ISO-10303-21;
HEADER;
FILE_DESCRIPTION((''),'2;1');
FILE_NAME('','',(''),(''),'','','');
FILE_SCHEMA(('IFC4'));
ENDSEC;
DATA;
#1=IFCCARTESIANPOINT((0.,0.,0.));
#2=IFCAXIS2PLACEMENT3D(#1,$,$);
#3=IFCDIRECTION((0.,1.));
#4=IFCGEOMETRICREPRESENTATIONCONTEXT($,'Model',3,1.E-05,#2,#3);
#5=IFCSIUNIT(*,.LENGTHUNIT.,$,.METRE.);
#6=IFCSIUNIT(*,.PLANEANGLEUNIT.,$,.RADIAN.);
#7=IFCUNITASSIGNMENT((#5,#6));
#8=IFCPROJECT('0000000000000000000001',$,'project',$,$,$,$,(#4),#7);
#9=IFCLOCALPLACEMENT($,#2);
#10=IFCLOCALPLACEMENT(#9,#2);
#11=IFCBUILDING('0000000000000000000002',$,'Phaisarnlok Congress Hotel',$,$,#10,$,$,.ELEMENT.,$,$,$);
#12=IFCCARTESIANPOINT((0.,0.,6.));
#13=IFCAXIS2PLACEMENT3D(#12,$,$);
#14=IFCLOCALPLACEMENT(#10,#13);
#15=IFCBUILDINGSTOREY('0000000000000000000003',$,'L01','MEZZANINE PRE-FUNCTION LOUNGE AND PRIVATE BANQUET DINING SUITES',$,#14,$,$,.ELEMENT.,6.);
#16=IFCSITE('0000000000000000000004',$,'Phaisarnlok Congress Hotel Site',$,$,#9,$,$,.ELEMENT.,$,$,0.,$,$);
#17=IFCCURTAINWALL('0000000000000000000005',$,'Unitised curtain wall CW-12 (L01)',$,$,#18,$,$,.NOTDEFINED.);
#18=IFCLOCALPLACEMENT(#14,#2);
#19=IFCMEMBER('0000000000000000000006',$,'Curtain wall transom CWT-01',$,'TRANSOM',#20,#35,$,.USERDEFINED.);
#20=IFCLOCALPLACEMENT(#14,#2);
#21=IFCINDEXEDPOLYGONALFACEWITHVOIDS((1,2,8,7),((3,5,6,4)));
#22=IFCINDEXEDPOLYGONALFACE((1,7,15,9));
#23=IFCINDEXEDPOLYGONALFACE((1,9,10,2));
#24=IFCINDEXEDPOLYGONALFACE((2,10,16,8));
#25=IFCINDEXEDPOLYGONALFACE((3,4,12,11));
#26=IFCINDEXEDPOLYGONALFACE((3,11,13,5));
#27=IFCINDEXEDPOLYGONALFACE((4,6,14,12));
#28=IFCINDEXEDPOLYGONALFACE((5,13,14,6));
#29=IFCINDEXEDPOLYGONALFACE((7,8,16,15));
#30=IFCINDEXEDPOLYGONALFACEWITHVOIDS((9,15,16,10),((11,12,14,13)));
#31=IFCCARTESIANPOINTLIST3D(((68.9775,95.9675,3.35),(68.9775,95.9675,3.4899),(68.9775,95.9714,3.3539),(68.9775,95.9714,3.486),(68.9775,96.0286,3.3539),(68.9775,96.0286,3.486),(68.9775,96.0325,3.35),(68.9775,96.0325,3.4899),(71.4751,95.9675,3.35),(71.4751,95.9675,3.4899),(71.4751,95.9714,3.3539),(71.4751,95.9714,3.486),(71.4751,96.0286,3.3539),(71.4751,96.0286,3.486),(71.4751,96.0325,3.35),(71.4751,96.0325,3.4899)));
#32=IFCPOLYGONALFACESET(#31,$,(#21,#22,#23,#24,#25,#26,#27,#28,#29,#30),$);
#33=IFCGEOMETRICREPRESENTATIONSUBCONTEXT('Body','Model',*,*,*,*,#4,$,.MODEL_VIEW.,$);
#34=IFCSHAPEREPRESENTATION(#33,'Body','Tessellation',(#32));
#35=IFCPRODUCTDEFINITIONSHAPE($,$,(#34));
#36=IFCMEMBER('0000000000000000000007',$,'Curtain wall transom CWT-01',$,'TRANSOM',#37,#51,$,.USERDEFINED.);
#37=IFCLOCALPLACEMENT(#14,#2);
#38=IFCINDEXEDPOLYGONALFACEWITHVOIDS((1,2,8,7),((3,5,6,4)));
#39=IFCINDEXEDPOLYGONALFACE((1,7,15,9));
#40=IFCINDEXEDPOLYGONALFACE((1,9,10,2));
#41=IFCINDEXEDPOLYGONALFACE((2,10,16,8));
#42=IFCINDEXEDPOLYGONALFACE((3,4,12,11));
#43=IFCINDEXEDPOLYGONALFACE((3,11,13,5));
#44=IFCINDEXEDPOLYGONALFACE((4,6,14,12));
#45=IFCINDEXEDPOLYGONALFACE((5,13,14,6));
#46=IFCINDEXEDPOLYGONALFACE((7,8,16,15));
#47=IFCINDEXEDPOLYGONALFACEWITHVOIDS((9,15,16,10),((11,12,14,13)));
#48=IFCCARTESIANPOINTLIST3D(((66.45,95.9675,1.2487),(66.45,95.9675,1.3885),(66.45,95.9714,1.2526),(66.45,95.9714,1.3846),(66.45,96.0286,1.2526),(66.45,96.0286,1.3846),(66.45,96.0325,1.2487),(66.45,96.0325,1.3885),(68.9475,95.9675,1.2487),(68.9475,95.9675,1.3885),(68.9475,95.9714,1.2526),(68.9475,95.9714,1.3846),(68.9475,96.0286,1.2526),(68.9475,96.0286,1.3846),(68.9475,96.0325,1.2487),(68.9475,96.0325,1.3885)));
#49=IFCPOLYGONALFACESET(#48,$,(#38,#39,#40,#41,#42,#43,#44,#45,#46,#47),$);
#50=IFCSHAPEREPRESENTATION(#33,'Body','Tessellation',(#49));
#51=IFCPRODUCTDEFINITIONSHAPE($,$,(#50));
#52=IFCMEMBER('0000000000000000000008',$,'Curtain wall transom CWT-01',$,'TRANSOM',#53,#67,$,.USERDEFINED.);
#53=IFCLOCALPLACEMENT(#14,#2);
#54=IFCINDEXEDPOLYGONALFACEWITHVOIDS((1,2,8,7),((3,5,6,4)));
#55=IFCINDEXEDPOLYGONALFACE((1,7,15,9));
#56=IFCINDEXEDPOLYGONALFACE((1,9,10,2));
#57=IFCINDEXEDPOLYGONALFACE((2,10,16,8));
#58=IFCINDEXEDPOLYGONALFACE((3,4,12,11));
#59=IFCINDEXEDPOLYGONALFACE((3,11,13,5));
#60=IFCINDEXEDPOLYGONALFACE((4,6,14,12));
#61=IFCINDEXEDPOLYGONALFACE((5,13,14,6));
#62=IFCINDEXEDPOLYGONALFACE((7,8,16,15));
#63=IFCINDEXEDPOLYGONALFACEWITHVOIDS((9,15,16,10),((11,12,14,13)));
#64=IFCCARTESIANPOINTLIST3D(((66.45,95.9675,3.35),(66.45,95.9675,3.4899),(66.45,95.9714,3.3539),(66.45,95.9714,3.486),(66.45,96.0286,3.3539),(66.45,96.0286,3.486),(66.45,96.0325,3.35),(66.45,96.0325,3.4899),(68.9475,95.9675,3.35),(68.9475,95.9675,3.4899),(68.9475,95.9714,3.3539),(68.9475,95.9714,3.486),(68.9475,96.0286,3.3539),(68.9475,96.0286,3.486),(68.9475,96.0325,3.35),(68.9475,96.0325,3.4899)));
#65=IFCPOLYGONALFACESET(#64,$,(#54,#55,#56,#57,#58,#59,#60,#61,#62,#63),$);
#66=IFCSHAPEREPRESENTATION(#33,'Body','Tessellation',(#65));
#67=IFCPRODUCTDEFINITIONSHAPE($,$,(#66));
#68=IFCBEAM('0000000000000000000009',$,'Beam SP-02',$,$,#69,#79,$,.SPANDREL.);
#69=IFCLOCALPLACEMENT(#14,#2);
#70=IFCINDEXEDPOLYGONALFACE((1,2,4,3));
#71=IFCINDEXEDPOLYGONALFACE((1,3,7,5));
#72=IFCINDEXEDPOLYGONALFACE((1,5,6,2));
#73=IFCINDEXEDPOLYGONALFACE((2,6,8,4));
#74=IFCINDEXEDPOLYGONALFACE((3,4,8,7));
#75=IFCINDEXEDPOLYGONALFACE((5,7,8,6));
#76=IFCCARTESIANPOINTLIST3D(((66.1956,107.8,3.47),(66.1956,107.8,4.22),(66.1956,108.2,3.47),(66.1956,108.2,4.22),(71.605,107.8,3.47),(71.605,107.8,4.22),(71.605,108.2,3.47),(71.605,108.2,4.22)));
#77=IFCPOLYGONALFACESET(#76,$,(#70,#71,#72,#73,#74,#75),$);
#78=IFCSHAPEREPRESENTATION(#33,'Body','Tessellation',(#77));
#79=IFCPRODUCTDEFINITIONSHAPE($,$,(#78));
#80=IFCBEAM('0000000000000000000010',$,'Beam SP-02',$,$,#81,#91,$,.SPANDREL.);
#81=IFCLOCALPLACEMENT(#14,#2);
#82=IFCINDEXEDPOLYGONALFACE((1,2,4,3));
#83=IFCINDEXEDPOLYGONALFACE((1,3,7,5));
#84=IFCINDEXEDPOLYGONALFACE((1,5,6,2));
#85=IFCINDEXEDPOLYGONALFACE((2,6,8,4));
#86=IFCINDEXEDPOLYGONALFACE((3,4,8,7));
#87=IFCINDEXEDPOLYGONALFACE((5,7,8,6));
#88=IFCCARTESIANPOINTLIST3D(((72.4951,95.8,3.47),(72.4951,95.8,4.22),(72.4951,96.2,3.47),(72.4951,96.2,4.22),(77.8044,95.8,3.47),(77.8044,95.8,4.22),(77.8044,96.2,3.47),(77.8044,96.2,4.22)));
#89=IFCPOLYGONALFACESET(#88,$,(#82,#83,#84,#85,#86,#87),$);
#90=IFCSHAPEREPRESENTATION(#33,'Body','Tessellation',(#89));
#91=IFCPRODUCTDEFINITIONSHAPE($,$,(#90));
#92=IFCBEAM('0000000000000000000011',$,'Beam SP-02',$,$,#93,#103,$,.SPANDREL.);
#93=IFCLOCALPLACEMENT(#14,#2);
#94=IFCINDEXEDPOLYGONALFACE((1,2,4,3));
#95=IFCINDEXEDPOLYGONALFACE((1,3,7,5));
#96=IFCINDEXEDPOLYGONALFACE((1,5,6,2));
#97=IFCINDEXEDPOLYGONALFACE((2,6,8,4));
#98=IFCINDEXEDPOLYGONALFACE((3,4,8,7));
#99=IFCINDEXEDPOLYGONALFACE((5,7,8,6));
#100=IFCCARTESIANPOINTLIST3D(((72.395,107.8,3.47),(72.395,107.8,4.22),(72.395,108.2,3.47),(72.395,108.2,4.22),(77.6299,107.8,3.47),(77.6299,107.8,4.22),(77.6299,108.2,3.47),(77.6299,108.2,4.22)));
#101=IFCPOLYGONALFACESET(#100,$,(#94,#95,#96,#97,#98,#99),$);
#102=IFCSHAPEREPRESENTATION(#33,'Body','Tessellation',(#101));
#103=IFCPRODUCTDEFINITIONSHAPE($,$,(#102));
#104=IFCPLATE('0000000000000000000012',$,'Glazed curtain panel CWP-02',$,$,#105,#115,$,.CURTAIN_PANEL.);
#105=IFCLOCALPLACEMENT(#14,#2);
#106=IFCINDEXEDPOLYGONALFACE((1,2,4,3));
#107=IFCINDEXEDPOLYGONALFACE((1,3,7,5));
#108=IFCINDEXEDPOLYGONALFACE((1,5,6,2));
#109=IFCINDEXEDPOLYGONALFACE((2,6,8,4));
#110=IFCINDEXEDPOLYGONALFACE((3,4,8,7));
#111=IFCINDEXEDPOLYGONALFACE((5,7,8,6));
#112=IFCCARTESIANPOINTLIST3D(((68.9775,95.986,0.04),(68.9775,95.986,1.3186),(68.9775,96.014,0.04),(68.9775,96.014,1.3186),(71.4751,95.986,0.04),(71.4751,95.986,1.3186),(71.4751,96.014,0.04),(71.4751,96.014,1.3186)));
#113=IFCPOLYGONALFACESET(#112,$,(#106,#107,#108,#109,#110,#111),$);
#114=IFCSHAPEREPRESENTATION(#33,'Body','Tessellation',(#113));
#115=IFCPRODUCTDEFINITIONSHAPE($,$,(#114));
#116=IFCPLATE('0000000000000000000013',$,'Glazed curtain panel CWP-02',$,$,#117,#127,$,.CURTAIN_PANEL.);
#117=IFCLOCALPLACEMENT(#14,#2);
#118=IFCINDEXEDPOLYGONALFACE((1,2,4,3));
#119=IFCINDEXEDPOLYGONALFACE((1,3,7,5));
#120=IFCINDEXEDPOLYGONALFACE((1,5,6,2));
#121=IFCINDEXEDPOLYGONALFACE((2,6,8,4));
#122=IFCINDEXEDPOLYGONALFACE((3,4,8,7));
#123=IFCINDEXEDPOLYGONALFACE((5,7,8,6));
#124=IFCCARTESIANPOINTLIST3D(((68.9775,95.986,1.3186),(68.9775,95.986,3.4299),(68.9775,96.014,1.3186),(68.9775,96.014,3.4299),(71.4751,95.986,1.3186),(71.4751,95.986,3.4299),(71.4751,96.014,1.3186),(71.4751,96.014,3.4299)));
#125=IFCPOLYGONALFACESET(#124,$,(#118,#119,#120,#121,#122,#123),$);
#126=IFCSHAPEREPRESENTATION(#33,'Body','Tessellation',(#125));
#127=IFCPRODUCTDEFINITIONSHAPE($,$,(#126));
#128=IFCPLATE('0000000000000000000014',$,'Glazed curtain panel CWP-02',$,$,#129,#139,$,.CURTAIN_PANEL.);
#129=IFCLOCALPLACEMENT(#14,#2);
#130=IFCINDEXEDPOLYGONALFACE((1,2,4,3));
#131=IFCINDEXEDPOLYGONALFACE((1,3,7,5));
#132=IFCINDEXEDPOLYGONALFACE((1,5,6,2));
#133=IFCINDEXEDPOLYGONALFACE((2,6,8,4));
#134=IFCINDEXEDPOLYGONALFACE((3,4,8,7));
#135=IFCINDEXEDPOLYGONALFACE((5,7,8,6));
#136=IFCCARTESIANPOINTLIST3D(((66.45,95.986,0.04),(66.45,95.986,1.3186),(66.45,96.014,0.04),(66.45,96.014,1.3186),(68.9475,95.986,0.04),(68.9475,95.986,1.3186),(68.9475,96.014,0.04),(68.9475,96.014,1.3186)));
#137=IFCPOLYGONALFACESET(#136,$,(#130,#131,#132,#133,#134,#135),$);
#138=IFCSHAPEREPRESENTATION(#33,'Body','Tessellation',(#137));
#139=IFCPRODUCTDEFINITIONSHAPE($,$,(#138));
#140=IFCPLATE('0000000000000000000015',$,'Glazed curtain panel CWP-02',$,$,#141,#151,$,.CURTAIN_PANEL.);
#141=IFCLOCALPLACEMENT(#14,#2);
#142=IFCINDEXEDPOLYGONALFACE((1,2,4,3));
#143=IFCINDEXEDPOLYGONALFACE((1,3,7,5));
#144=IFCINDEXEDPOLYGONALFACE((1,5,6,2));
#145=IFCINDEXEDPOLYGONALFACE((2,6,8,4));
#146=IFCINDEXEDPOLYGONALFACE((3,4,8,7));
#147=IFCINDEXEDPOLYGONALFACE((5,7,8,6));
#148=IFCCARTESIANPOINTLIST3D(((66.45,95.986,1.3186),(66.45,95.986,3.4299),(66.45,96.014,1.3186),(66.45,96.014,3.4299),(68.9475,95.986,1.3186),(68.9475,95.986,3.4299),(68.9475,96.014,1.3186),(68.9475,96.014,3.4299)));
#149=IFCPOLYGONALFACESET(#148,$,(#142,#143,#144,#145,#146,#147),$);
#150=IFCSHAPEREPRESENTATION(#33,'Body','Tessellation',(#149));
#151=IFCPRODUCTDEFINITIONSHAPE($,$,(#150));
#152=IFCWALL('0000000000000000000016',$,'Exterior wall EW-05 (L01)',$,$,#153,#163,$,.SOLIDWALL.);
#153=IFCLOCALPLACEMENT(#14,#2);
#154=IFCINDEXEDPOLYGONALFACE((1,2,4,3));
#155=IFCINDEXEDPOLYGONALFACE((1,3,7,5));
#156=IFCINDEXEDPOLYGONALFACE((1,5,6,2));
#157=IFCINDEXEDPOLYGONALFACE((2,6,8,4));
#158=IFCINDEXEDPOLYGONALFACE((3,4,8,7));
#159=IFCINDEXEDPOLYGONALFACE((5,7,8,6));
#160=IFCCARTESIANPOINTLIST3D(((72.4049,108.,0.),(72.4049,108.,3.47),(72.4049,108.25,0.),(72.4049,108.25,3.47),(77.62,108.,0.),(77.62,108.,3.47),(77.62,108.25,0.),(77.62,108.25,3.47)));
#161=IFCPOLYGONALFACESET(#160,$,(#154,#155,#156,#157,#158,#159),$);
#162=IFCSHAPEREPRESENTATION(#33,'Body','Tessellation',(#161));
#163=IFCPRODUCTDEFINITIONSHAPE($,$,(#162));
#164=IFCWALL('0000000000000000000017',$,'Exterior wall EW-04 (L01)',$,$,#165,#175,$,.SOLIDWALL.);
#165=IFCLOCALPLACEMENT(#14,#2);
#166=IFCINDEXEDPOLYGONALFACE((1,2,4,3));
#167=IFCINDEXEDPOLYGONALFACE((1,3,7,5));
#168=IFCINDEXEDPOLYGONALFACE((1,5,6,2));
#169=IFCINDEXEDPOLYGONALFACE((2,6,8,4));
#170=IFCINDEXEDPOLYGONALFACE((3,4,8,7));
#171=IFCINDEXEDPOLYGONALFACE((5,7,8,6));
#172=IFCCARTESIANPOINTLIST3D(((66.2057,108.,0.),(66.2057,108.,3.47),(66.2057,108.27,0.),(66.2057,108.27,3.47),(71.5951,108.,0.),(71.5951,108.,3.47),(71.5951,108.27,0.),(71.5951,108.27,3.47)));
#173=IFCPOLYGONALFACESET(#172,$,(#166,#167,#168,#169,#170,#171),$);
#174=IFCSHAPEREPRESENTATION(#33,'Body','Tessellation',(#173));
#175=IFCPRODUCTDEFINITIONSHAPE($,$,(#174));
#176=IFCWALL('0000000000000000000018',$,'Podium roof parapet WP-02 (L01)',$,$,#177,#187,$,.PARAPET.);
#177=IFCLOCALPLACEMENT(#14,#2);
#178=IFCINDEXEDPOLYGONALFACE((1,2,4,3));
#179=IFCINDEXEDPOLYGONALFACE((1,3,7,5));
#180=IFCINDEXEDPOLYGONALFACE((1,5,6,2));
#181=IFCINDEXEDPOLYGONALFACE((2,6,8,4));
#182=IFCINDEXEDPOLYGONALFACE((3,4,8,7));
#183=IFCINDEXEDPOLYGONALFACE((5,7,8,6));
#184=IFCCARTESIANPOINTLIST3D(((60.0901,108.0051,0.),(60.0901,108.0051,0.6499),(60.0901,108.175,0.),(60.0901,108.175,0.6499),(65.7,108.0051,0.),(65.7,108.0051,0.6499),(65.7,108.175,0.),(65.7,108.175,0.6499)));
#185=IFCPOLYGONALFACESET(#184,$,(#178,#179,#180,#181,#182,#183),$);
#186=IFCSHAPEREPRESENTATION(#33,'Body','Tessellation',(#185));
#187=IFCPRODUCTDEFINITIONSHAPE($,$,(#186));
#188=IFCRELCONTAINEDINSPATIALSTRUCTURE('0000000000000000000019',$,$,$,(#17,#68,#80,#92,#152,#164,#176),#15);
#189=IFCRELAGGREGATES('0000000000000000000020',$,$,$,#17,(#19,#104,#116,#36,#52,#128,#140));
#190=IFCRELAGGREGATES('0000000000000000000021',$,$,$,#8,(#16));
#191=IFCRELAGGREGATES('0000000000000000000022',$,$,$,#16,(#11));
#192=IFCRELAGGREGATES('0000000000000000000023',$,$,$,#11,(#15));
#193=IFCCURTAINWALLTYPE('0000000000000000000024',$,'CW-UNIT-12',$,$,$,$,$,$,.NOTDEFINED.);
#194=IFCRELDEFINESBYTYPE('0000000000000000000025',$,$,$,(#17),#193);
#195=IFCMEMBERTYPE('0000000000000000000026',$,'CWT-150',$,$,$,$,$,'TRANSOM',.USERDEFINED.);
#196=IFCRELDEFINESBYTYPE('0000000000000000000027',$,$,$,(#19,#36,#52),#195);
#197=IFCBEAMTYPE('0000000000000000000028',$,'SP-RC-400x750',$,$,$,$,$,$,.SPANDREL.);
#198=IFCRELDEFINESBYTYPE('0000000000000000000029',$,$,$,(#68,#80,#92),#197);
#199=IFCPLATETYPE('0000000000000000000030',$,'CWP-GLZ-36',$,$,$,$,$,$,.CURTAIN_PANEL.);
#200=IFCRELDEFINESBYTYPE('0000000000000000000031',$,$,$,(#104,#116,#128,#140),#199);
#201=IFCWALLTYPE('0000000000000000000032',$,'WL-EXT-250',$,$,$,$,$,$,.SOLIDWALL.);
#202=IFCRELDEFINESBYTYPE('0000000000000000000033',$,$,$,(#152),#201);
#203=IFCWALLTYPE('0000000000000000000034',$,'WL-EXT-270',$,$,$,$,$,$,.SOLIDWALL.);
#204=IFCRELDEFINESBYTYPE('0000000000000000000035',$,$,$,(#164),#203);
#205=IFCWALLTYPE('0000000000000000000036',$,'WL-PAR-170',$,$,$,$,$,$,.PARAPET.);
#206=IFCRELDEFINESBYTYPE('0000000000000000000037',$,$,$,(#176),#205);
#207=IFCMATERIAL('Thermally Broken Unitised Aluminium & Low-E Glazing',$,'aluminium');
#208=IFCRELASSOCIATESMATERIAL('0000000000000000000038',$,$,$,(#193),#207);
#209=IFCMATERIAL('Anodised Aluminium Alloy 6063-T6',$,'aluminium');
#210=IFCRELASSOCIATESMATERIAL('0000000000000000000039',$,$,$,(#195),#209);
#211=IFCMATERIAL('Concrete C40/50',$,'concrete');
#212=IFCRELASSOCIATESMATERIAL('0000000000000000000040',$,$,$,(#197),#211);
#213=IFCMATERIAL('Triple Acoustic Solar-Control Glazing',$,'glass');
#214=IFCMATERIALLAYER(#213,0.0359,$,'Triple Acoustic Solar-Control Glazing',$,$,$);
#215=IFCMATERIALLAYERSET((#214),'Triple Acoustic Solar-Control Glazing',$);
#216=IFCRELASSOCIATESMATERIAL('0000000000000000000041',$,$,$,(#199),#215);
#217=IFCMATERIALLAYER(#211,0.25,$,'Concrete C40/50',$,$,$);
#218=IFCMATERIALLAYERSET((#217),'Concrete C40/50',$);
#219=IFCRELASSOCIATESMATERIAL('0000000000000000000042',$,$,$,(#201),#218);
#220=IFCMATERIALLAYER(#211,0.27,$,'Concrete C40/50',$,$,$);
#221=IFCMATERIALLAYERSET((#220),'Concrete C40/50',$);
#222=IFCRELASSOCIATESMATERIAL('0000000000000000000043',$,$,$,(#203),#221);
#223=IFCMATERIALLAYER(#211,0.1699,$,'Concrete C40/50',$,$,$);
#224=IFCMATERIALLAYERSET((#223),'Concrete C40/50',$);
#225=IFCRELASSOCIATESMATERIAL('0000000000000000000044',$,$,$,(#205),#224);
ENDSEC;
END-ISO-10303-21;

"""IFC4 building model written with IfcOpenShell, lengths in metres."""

from ifc_helpers import new_model, si_unit, direction, frame, frame_2d, origin, origin_2d, place, context, subcontext, project, spatial, rectangle, hollow_rectangle, extrude, material, layer, layer_set, material_profile, profile_set, type_object, element, aggregate, save


model = new_model("IFC4")

# Units and contexts
model_context = context("Model", 3, precision=1e-05, world=origin(), true_north=direction((0.0, 1.0)))
body_context = subcontext(model_context, "Body", "Model", "MODEL_VIEW")
ifc_project = project(units=[si_unit("LENGTHUNIT", "METRE"), si_unit("PLANEANGLEUNIT", "RADIAN")], contexts=[model_context])

# Site, building, storey
site_placement = place(None, origin())
site = spatial("IfcSite", under=ifc_project, at=site_placement, Name="Phaisarnlok Congress Hotel Site", CompositionType="ELEMENT", RefElevation=0.0)
building_placement = place(site_placement, origin())
building = spatial("IfcBuilding", under=site, at=building_placement, Name="Phaisarnlok Congress Hotel", CompositionType="ELEMENT")
storey_placement = place(building_placement, frame((0.0, 0.0, 6.0)))
storey = spatial("IfcBuildingStorey", under=building, at=storey_placement, Name="L01", Description="MEZZANINE PRE-FUNCTION LOUNGE AND PRIVATE BANQUET DINING SUITES", CompositionType="ELEMENT", Elevation=6.0)

# Curtain wall, members
ifc_material_1 = material(Name="Thermally Broken Unitised Aluminium & Low-E Glazing", Category="aluminium")
curtain_wall_type = type_object("IfcCurtainWallType", Name="CW-UNIT-12", PredefinedType="NOTDEFINED", material=ifc_material_1)
curtain_wall_placement = place(storey_placement, origin())
curtain_wall = element("IfcCurtainWall", 1, at=curtain_wall_placement, inside=storey, type_object=curtain_wall_type, Name="Unitised curtain wall CW-12 (L01)", PredefinedType="NOTDEFINED")
ifc_material_2 = material(Name="Anodised Aluminium Alloy 6063-T6", Category="aluminium")
ifc_material_profile_1 = material_profile(ifc_material_2, hollow_rectangle(XDim=0.0649, YDim=0.1399, WallThickness=0.0039, at=origin_2d()), Name="ALU-T 65x140x4")
ifc_profile_set_1 = profile_set([ifc_material_profile_1], Name="Anodised Aluminium Alloy 6063-T6")
member_type_1 = type_object("IfcMemberType", Name="CWT-150", ElementType="TRANSOM", PredefinedType="USERDEFINED", material=ifc_profile_set_1)
member_1_placement = place(storey_placement, frame((71.4751, 96.0, 3.4199), z_axis=(-1.0, 0.0, 0.0), x_axis=(0.0, -1.0, 0.0)))
member_1 = element("IfcMember", 2, at=member_1_placement, type_object=member_type_1, Name="Curtain wall transom CWT-01", ObjectType="TRANSOM", PredefinedType="USERDEFINED", context=body_context, shape_type="SweptSolid", body=[
    extrude(hollow_rectangle(XDim=0.0649, YDim=0.1399, WallThickness=0.0039, at=origin_2d()), origin(), (0.0, 0.0, 1.0), 2.4976),
])
member_2_placement = place(storey_placement, frame((68.9475, 96.0, 1.3186), z_axis=(-1.0, 0.0, 0.0), x_axis=(0.0, -1.0, 0.0)))
member_2 = element("IfcMember", 3, at=member_2_placement, type_object=member_type_1, Name="Curtain wall transom CWT-01", ObjectType="TRANSOM", PredefinedType="USERDEFINED", context=body_context, shape_type="SweptSolid", body=[
    extrude(hollow_rectangle(XDim=0.0649, YDim=0.1399, WallThickness=0.0039, at=origin_2d()), origin(), (0.0, 0.0, 1.0), 2.4976),
])
member_3_placement = place(storey_placement, frame((68.9475, 96.0, 3.4199), z_axis=(-1.0, 0.0, 0.0), x_axis=(0.0, -1.0, 0.0)))
member_3 = element("IfcMember", 4, at=member_3_placement, type_object=member_type_1, Name="Curtain wall transom CWT-01", ObjectType="TRANSOM", PredefinedType="USERDEFINED", context=body_context, shape_type="SweptSolid", body=[
    extrude(hollow_rectangle(XDim=0.0649, YDim=0.1399, WallThickness=0.0039, at=origin_2d()), origin(), (0.0, 0.0, 1.0), 2.4976),
])

# Beams
ifc_material_3 = material(Name="Concrete C40/50", Category="concrete")
ifc_material_profile_2 = material_profile(ifc_material_3, rectangle(XDim=0.3999, YDim=0.75, at=origin_2d()), Name="RC 400x750")
ifc_profile_set_2 = profile_set([ifc_material_profile_2], Name="Concrete C40/50")
beam_type = type_object("IfcBeamType", Name="SP-RC-400x750", PredefinedType="SPANDREL", material=ifc_profile_set_2)
beam_1_placement = place(storey_placement, frame((66.1956, 108.0, 3.845), z_axis=(1.0, 0.0, 0.0), x_axis=(0.0, 1.0, 0.0)))
element("IfcBeam", 5, at=beam_1_placement, inside=storey, type_object=beam_type, Name="Beam SP-02", PredefinedType="SPANDREL", context=body_context, shape_type="SweptSolid", body=[
    extrude(rectangle(XDim=0.3999, YDim=0.75, at=origin_2d()), origin(), (0.0, 0.0, 1.0), 5.4094),
])
beam_2_placement = place(storey_placement, frame((72.4951, 96.0, 3.845), z_axis=(1.0, 0.0, 0.0), x_axis=(0.0, 1.0, 0.0)))
element("IfcBeam", 6, at=beam_2_placement, inside=storey, type_object=beam_type, Name="Beam SP-02", PredefinedType="SPANDREL", context=body_context, shape_type="SweptSolid", body=[
    extrude(rectangle(XDim=0.3999, YDim=0.75, at=origin_2d()), origin(), (0.0, 0.0, 1.0), 5.3093),
])
beam_3_placement = place(storey_placement, frame((72.395, 108.0, 3.845), z_axis=(1.0, 0.0, 0.0), x_axis=(0.0, 1.0, 0.0)))
element("IfcBeam", 7, at=beam_3_placement, inside=storey, type_object=beam_type, Name="Beam SP-02", PredefinedType="SPANDREL", context=body_context, shape_type="SweptSolid", body=[
    extrude(rectangle(XDim=0.3999, YDim=0.75, at=origin_2d()), origin(), (0.0, 0.0, 1.0), 5.2349),
])

# Plates
ifc_material_4 = material(Name="Triple Acoustic Solar-Control Glazing", Category="glass")
ifc_layer_1 = layer(ifc_material_4, 0.0359, Name="Triple Acoustic Solar-Control Glazing")
ifc_layer_set_1 = layer_set([ifc_layer_1], Name="Triple Acoustic Solar-Control Glazing")
plate_type = type_object("IfcPlateType", Name="CWP-GLZ-36", PredefinedType="CURTAIN_PANEL", material=ifc_layer_set_1)
plate_1_placement = place(storey_placement, frame((71.4751, 96.0, 0.04), z_axis=(0.0, 0.0, 1.0), x_axis=(-1.0, 0.0, 0.0)))
plate_1 = element("IfcPlate", 8, at=plate_1_placement, type_object=plate_type, Name="Glazed curtain panel CWP-02", PredefinedType="CURTAIN_PANEL", context=body_context, shape_type="SweptSolid", body=[
    extrude(rectangle(XDim=2.4976, YDim=0.0281, at=frame_2d((1.2488, 0.0))), origin(), (0.0, 0.0, 1.0), 1.2786),
])
plate_2_placement = place(storey_placement, frame((71.4751, 96.0, 1.3186), z_axis=(0.0, 0.0, 1.0), x_axis=(-1.0, 0.0, 0.0)))
plate_2 = element("IfcPlate", 9, at=plate_2_placement, type_object=plate_type, Name="Glazed curtain panel CWP-02", PredefinedType="CURTAIN_PANEL", context=body_context, shape_type="SweptSolid", body=[
    extrude(rectangle(XDim=2.4976, YDim=0.0281, at=frame_2d((1.2488, 0.0))), origin(), (0.0, 0.0, 1.0), 2.1113),
])
plate_3_placement = place(storey_placement, frame((68.9475, 96.0, 0.04), z_axis=(0.0, 0.0, 1.0), x_axis=(-1.0, 0.0, 0.0)))
plate_3 = element("IfcPlate", 10, at=plate_3_placement, type_object=plate_type, Name="Glazed curtain panel CWP-02", PredefinedType="CURTAIN_PANEL", context=body_context, shape_type="SweptSolid", body=[
    extrude(rectangle(XDim=2.4976, YDim=0.0281, at=frame_2d((1.2488, 0.0))), origin(), (0.0, 0.0, 1.0), 1.2786),
])
plate_4_placement = place(storey_placement, frame((68.9475, 96.0, 1.3186), z_axis=(0.0, 0.0, 1.0), x_axis=(-1.0, 0.0, 0.0)))
plate_4 = element("IfcPlate", 11, at=plate_4_placement, type_object=plate_type, Name="Glazed curtain panel CWP-02", PredefinedType="CURTAIN_PANEL", context=body_context, shape_type="SweptSolid", body=[
    extrude(rectangle(XDim=2.4976, YDim=0.0281, at=frame_2d((1.2488, 0.0))), origin(), (0.0, 0.0, 1.0), 2.1113),
])
aggregate(curtain_wall, [member_1, plate_1, plate_2, member_2, member_3, plate_3, plate_4])

# Walls
ifc_layer_2 = layer(ifc_material_3, 0.25, Name="Concrete C40/50")
ifc_layer_set_2 = layer_set([ifc_layer_2], Name="Concrete C40/50")
wall_type_1 = type_object("IfcWallType", Name="WL-EXT-250", PredefinedType="SOLIDWALL", material=ifc_layer_set_2)
wall_1_placement = place(storey_placement, frame((72.405, 108.125, 0.0), z_axis=(0.0, 0.0, 1.0), x_axis=(1.0, 0.0, 0.0)))
element("IfcWall", 12, at=wall_1_placement, inside=storey, type_object=wall_type_1, Name="Exterior wall EW-05 (L01)", PredefinedType="SOLIDWALL", context=body_context, shape_type="SweptSolid", body=[
    extrude(rectangle(XDim=5.2151, YDim=0.25, at=frame_2d((2.6074, 0.0))), origin(), (0.0, 0.0, 1.0), 3.47),
])
ifc_layer_3 = layer(ifc_material_3, 0.27, Name="Concrete C40/50")
ifc_layer_set_3 = layer_set([ifc_layer_3], Name="Concrete C40/50")
wall_type_2 = type_object("IfcWallType", Name="WL-EXT-270", PredefinedType="SOLIDWALL", material=ifc_layer_set_3)
wall_2_placement = place(storey_placement, frame((66.2056, 108.135, 0.0), z_axis=(0.0, 0.0, 1.0), x_axis=(1.0, 0.0, 0.0)))
element("IfcWall", 13, at=wall_2_placement, inside=storey, type_object=wall_type_2, Name="Exterior wall EW-04 (L01)", PredefinedType="SOLIDWALL", context=body_context, shape_type="SweptSolid", body=[
    extrude(rectangle(XDim=5.3894, YDim=0.27, at=frame_2d((2.6948, 0.0))), origin(), (0.0, 0.0, 1.0), 3.47),
])
ifc_layer_4 = layer(ifc_material_3, 0.1699, Name="Concrete C40/50")
ifc_layer_set_4 = layer_set([ifc_layer_4], Name="Concrete C40/50")
wall_type_3 = type_object("IfcWallType", Name="WL-PAR-170", PredefinedType="PARAPET", material=ifc_layer_set_4)
wall_3_placement = place(storey_placement, frame((60.0901, 108.0901, 0.0), z_axis=(0.0, 0.0, 1.0), x_axis=(1.0, 0.0, 0.0)))
element("IfcWall", 14, at=wall_3_placement, inside=storey, type_object=wall_type_3, Name="Podium roof parapet WP-02 (L01)", PredefinedType="PARAPET", context=body_context, shape_type="SweptSolid", body=[
    extrude(rectangle(XDim=5.6099, YDim=0.1699, at=frame_2d((2.8049, 0.0))), origin(), (0.0, 0.0, 1.0), 0.6499),
])

save(model, "model.ifc")
